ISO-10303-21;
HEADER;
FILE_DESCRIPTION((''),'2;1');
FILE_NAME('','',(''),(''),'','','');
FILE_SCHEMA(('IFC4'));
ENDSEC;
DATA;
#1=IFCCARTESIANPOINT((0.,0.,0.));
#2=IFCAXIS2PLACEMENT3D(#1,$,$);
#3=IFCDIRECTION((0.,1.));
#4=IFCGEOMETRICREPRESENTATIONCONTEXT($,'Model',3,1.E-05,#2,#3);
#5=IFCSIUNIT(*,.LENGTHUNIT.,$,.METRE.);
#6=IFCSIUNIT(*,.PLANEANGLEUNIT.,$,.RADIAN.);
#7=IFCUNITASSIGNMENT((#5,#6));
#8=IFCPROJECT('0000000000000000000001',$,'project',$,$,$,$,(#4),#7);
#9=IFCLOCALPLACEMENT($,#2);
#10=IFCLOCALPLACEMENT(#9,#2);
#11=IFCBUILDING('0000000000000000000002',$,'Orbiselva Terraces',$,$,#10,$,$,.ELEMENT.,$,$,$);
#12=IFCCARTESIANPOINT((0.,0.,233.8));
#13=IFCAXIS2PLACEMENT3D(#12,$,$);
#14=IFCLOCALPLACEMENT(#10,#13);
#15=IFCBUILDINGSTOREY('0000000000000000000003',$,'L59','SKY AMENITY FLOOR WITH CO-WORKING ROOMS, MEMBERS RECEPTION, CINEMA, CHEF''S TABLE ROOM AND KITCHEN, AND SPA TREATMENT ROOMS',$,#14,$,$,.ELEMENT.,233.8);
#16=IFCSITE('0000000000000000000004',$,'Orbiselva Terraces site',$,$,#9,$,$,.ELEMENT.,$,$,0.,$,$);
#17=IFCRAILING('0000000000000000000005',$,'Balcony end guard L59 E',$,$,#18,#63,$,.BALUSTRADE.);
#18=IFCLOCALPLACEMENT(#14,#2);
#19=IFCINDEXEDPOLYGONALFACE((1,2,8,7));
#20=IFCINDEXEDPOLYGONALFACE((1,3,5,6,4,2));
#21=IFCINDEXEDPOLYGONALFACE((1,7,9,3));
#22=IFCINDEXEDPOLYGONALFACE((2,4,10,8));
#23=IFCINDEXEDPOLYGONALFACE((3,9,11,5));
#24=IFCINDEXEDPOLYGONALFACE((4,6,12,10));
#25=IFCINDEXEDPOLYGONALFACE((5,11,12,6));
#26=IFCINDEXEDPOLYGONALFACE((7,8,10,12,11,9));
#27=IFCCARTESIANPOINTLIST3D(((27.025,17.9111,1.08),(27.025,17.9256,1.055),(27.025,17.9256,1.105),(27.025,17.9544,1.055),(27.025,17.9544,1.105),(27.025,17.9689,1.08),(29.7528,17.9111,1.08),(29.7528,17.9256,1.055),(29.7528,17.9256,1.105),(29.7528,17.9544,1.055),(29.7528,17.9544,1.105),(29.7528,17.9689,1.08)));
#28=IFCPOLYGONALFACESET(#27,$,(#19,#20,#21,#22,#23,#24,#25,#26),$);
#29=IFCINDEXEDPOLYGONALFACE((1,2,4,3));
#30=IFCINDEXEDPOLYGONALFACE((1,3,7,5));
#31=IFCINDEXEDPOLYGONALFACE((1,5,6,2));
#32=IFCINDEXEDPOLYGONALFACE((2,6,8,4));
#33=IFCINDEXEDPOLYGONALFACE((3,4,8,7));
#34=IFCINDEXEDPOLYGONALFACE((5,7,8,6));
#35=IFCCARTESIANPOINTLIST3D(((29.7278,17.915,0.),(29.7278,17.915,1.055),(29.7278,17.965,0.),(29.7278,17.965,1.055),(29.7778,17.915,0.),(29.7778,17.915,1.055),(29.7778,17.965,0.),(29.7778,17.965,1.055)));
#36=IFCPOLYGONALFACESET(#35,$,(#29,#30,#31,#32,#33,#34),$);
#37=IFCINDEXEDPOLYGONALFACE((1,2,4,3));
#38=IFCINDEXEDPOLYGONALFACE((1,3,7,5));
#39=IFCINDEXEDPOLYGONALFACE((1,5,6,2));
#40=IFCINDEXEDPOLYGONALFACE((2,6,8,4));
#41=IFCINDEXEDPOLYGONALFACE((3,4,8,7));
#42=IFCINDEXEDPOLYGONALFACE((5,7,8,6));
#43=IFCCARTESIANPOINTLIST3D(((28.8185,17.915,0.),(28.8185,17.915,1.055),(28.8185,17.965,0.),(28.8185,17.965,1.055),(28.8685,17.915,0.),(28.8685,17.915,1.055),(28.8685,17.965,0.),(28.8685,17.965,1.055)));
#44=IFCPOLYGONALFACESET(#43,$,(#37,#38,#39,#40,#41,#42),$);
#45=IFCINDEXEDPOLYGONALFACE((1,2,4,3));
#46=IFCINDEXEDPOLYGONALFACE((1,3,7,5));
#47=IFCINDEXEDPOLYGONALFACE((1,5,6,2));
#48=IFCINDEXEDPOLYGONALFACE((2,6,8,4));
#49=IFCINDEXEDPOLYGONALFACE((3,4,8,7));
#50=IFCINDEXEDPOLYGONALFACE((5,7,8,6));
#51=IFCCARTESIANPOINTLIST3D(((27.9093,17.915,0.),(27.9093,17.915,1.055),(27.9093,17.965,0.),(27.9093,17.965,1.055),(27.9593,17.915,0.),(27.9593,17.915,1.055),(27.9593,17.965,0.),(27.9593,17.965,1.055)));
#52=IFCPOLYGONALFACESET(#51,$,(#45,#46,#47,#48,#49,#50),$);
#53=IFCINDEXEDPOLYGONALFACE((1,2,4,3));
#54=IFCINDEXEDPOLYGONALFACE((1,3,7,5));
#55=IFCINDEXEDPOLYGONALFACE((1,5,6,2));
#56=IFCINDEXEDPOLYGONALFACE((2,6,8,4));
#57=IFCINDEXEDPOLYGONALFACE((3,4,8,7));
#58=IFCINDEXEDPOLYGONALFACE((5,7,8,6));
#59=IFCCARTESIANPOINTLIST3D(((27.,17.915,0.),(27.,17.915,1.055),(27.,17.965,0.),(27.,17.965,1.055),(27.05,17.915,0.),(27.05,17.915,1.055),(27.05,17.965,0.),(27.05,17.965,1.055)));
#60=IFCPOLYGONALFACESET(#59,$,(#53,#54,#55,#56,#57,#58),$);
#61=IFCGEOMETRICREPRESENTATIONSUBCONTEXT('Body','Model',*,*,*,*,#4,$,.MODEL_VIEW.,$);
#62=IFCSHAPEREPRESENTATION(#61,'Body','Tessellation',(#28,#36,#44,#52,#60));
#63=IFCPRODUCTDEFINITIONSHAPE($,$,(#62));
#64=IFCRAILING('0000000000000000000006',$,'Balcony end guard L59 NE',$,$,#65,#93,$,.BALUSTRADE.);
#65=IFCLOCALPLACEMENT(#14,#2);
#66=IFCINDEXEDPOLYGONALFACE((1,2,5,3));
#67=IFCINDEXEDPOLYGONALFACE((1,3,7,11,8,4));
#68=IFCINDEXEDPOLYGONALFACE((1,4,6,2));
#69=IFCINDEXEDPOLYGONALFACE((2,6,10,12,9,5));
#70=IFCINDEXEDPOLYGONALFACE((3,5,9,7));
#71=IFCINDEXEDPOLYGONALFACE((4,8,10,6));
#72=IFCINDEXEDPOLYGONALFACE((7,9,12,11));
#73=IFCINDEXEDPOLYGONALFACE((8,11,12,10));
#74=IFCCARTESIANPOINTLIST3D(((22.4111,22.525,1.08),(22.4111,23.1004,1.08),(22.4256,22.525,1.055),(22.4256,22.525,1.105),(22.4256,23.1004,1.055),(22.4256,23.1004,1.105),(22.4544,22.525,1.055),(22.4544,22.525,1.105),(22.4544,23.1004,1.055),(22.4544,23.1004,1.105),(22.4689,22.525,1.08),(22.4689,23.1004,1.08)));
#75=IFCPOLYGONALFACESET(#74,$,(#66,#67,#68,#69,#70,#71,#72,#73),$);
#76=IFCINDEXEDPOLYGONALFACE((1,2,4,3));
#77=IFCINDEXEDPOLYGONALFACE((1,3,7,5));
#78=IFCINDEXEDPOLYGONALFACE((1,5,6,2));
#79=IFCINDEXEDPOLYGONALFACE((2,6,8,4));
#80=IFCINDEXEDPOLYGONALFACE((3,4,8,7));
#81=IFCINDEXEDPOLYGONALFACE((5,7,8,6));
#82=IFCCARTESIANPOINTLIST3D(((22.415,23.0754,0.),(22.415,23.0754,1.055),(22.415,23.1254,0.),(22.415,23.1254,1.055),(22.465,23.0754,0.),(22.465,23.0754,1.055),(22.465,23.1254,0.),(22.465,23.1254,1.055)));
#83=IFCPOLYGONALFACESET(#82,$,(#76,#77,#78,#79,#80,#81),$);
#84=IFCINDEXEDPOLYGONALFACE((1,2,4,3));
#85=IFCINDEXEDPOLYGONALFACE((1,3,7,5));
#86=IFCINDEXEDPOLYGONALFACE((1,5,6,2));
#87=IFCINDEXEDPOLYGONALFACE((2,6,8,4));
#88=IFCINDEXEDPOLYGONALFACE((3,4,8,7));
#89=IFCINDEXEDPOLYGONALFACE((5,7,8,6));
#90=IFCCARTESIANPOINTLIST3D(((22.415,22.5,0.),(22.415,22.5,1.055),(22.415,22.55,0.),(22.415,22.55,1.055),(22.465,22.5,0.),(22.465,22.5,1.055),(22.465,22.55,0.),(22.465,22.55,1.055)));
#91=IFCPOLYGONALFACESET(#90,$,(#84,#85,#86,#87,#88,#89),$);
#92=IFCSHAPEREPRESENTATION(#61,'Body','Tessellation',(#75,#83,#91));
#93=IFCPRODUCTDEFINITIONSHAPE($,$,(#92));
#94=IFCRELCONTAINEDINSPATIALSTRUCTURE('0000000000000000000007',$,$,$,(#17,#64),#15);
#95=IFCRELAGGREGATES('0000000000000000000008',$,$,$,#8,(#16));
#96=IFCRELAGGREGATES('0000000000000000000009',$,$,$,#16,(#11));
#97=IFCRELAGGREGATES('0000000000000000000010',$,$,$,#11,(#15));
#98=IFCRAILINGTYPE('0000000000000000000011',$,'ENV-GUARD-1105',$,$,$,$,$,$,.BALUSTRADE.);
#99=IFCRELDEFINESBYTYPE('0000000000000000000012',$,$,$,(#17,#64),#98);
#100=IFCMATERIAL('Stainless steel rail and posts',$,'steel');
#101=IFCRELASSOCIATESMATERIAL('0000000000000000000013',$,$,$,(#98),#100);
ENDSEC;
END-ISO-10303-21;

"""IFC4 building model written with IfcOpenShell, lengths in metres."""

from ifc_helpers import new_model, si_unit, direction, frame, origin, origin_2d, place, context, subcontext, project, spatial, polyline, rectangle, outline, extrude, material, type_object, element, save


model = new_model("IFC4")

# Units and contexts
model_context = context("Model", 3, precision=1e-05, world=origin(), true_north=direction((0.0, 1.0)))
body_context = subcontext(model_context, "Body", "Model", "MODEL_VIEW")
ifc_project = project(units=[si_unit("LENGTHUNIT", "METRE"), si_unit("PLANEANGLEUNIT", "RADIAN")], contexts=[model_context])

# Site, building, storey
site_placement = place(None, origin())
site = spatial("IfcSite", under=ifc_project, at=site_placement, Name="Orbiselva Terraces site", CompositionType="ELEMENT", RefElevation=0.0)
building_placement = place(site_placement, origin())
building = spatial("IfcBuilding", under=site, at=building_placement, Name="Orbiselva Terraces", CompositionType="ELEMENT")
storey_placement = place(building_placement, frame((0.0, 0.0, 233.8)))
storey = spatial("IfcBuildingStorey", under=building, at=storey_placement, Name="L59", Description="SKY AMENITY FLOOR WITH CO-WORKING ROOMS, MEMBERS RECEPTION, CINEMA, CHEF'S TABLE ROOM AND KITCHEN, AND SPA TREATMENT ROOMS", CompositionType="ELEMENT", Elevation=233.8)

# Railings
ifc_material_1 = material(Name="Stainless steel rail and posts", Category="steel")
railing_type_1 = type_object("IfcRailingType", Name="ENV-GUARD-1105", PredefinedType="BALUSTRADE", material=ifc_material_1)
railing_1_placement = place(storey_placement, frame((29.7528, 17.94, 0.0)))
element("IfcRailing", 1, at=railing_1_placement, inside=storey, type_object=railing_type_1, Name="Balcony end guard L59 E", PredefinedType="BALUSTRADE", context=body_context, shape_type="SweptSolid", body=[
    extrude(outline(polyline([(0.0289, 0.0), (0.0144, 0.025), (-0.0144, 0.025), (-0.0289, 0.0), (-0.0144, -0.025), (0.0144, -0.025), (0.0289, 0.0)])), frame((0.0, 0.0, 1.08), z_axis=(-1.0, 0.0, 0.0), x_axis=(0.0, -1.0, 0.0)), (0.0, 0.0, 1.0), 2.7278),
    extrude(rectangle(XDim=0.05, YDim=0.05, at=origin_2d()), origin(), (0.0, 0.0, 1.0), 1.055),
    extrude(rectangle(XDim=0.05, YDim=0.05, at=origin_2d()), frame((-0.9093, 0.0, 0.0)), (0.0, 0.0, 1.0), 1.055),
    extrude(rectangle(XDim=0.05, YDim=0.05, at=origin_2d()), frame((-1.8185, 0.0, 0.0)), (0.0, 0.0, 1.0), 1.055),
    extrude(rectangle(XDim=0.05, YDim=0.05, at=origin_2d()), frame((-2.7278, 0.0, 0.0)), (0.0, 0.0, 1.0), 1.055),
])
railing_2_placement = place(storey_placement, frame((22.44, 23.1004, 0.0)))
element("IfcRailing", 2, at=railing_2_placement, inside=storey, type_object=railing_type_1, Name="Balcony end guard L59 NE", PredefinedType="BALUSTRADE", context=body_context, shape_type="SweptSolid", body=[
    extrude(outline(polyline([(0.0289, 0.0), (0.0144, 0.025), (-0.0144, 0.025), (-0.0289, 0.0), (-0.0144, -0.025), (0.0144, -0.025), (0.0289, 0.0)])), frame((0.0, 0.0, 1.08), z_axis=(0.0, -1.0, 0.0), x_axis=(1.0, 0.0, 0.0)), (0.0, 0.0, 1.0), 0.5754),
    extrude(rectangle(XDim=0.05, YDim=0.05, at=origin_2d()), origin(), (0.0, 0.0, 1.0), 1.055),
    extrude(rectangle(XDim=0.05, YDim=0.05, at=origin_2d()), frame((0.0, -0.5754, 0.0)), (0.0, 0.0, 1.0), 1.055),
])

save(model, "model.ifc")
